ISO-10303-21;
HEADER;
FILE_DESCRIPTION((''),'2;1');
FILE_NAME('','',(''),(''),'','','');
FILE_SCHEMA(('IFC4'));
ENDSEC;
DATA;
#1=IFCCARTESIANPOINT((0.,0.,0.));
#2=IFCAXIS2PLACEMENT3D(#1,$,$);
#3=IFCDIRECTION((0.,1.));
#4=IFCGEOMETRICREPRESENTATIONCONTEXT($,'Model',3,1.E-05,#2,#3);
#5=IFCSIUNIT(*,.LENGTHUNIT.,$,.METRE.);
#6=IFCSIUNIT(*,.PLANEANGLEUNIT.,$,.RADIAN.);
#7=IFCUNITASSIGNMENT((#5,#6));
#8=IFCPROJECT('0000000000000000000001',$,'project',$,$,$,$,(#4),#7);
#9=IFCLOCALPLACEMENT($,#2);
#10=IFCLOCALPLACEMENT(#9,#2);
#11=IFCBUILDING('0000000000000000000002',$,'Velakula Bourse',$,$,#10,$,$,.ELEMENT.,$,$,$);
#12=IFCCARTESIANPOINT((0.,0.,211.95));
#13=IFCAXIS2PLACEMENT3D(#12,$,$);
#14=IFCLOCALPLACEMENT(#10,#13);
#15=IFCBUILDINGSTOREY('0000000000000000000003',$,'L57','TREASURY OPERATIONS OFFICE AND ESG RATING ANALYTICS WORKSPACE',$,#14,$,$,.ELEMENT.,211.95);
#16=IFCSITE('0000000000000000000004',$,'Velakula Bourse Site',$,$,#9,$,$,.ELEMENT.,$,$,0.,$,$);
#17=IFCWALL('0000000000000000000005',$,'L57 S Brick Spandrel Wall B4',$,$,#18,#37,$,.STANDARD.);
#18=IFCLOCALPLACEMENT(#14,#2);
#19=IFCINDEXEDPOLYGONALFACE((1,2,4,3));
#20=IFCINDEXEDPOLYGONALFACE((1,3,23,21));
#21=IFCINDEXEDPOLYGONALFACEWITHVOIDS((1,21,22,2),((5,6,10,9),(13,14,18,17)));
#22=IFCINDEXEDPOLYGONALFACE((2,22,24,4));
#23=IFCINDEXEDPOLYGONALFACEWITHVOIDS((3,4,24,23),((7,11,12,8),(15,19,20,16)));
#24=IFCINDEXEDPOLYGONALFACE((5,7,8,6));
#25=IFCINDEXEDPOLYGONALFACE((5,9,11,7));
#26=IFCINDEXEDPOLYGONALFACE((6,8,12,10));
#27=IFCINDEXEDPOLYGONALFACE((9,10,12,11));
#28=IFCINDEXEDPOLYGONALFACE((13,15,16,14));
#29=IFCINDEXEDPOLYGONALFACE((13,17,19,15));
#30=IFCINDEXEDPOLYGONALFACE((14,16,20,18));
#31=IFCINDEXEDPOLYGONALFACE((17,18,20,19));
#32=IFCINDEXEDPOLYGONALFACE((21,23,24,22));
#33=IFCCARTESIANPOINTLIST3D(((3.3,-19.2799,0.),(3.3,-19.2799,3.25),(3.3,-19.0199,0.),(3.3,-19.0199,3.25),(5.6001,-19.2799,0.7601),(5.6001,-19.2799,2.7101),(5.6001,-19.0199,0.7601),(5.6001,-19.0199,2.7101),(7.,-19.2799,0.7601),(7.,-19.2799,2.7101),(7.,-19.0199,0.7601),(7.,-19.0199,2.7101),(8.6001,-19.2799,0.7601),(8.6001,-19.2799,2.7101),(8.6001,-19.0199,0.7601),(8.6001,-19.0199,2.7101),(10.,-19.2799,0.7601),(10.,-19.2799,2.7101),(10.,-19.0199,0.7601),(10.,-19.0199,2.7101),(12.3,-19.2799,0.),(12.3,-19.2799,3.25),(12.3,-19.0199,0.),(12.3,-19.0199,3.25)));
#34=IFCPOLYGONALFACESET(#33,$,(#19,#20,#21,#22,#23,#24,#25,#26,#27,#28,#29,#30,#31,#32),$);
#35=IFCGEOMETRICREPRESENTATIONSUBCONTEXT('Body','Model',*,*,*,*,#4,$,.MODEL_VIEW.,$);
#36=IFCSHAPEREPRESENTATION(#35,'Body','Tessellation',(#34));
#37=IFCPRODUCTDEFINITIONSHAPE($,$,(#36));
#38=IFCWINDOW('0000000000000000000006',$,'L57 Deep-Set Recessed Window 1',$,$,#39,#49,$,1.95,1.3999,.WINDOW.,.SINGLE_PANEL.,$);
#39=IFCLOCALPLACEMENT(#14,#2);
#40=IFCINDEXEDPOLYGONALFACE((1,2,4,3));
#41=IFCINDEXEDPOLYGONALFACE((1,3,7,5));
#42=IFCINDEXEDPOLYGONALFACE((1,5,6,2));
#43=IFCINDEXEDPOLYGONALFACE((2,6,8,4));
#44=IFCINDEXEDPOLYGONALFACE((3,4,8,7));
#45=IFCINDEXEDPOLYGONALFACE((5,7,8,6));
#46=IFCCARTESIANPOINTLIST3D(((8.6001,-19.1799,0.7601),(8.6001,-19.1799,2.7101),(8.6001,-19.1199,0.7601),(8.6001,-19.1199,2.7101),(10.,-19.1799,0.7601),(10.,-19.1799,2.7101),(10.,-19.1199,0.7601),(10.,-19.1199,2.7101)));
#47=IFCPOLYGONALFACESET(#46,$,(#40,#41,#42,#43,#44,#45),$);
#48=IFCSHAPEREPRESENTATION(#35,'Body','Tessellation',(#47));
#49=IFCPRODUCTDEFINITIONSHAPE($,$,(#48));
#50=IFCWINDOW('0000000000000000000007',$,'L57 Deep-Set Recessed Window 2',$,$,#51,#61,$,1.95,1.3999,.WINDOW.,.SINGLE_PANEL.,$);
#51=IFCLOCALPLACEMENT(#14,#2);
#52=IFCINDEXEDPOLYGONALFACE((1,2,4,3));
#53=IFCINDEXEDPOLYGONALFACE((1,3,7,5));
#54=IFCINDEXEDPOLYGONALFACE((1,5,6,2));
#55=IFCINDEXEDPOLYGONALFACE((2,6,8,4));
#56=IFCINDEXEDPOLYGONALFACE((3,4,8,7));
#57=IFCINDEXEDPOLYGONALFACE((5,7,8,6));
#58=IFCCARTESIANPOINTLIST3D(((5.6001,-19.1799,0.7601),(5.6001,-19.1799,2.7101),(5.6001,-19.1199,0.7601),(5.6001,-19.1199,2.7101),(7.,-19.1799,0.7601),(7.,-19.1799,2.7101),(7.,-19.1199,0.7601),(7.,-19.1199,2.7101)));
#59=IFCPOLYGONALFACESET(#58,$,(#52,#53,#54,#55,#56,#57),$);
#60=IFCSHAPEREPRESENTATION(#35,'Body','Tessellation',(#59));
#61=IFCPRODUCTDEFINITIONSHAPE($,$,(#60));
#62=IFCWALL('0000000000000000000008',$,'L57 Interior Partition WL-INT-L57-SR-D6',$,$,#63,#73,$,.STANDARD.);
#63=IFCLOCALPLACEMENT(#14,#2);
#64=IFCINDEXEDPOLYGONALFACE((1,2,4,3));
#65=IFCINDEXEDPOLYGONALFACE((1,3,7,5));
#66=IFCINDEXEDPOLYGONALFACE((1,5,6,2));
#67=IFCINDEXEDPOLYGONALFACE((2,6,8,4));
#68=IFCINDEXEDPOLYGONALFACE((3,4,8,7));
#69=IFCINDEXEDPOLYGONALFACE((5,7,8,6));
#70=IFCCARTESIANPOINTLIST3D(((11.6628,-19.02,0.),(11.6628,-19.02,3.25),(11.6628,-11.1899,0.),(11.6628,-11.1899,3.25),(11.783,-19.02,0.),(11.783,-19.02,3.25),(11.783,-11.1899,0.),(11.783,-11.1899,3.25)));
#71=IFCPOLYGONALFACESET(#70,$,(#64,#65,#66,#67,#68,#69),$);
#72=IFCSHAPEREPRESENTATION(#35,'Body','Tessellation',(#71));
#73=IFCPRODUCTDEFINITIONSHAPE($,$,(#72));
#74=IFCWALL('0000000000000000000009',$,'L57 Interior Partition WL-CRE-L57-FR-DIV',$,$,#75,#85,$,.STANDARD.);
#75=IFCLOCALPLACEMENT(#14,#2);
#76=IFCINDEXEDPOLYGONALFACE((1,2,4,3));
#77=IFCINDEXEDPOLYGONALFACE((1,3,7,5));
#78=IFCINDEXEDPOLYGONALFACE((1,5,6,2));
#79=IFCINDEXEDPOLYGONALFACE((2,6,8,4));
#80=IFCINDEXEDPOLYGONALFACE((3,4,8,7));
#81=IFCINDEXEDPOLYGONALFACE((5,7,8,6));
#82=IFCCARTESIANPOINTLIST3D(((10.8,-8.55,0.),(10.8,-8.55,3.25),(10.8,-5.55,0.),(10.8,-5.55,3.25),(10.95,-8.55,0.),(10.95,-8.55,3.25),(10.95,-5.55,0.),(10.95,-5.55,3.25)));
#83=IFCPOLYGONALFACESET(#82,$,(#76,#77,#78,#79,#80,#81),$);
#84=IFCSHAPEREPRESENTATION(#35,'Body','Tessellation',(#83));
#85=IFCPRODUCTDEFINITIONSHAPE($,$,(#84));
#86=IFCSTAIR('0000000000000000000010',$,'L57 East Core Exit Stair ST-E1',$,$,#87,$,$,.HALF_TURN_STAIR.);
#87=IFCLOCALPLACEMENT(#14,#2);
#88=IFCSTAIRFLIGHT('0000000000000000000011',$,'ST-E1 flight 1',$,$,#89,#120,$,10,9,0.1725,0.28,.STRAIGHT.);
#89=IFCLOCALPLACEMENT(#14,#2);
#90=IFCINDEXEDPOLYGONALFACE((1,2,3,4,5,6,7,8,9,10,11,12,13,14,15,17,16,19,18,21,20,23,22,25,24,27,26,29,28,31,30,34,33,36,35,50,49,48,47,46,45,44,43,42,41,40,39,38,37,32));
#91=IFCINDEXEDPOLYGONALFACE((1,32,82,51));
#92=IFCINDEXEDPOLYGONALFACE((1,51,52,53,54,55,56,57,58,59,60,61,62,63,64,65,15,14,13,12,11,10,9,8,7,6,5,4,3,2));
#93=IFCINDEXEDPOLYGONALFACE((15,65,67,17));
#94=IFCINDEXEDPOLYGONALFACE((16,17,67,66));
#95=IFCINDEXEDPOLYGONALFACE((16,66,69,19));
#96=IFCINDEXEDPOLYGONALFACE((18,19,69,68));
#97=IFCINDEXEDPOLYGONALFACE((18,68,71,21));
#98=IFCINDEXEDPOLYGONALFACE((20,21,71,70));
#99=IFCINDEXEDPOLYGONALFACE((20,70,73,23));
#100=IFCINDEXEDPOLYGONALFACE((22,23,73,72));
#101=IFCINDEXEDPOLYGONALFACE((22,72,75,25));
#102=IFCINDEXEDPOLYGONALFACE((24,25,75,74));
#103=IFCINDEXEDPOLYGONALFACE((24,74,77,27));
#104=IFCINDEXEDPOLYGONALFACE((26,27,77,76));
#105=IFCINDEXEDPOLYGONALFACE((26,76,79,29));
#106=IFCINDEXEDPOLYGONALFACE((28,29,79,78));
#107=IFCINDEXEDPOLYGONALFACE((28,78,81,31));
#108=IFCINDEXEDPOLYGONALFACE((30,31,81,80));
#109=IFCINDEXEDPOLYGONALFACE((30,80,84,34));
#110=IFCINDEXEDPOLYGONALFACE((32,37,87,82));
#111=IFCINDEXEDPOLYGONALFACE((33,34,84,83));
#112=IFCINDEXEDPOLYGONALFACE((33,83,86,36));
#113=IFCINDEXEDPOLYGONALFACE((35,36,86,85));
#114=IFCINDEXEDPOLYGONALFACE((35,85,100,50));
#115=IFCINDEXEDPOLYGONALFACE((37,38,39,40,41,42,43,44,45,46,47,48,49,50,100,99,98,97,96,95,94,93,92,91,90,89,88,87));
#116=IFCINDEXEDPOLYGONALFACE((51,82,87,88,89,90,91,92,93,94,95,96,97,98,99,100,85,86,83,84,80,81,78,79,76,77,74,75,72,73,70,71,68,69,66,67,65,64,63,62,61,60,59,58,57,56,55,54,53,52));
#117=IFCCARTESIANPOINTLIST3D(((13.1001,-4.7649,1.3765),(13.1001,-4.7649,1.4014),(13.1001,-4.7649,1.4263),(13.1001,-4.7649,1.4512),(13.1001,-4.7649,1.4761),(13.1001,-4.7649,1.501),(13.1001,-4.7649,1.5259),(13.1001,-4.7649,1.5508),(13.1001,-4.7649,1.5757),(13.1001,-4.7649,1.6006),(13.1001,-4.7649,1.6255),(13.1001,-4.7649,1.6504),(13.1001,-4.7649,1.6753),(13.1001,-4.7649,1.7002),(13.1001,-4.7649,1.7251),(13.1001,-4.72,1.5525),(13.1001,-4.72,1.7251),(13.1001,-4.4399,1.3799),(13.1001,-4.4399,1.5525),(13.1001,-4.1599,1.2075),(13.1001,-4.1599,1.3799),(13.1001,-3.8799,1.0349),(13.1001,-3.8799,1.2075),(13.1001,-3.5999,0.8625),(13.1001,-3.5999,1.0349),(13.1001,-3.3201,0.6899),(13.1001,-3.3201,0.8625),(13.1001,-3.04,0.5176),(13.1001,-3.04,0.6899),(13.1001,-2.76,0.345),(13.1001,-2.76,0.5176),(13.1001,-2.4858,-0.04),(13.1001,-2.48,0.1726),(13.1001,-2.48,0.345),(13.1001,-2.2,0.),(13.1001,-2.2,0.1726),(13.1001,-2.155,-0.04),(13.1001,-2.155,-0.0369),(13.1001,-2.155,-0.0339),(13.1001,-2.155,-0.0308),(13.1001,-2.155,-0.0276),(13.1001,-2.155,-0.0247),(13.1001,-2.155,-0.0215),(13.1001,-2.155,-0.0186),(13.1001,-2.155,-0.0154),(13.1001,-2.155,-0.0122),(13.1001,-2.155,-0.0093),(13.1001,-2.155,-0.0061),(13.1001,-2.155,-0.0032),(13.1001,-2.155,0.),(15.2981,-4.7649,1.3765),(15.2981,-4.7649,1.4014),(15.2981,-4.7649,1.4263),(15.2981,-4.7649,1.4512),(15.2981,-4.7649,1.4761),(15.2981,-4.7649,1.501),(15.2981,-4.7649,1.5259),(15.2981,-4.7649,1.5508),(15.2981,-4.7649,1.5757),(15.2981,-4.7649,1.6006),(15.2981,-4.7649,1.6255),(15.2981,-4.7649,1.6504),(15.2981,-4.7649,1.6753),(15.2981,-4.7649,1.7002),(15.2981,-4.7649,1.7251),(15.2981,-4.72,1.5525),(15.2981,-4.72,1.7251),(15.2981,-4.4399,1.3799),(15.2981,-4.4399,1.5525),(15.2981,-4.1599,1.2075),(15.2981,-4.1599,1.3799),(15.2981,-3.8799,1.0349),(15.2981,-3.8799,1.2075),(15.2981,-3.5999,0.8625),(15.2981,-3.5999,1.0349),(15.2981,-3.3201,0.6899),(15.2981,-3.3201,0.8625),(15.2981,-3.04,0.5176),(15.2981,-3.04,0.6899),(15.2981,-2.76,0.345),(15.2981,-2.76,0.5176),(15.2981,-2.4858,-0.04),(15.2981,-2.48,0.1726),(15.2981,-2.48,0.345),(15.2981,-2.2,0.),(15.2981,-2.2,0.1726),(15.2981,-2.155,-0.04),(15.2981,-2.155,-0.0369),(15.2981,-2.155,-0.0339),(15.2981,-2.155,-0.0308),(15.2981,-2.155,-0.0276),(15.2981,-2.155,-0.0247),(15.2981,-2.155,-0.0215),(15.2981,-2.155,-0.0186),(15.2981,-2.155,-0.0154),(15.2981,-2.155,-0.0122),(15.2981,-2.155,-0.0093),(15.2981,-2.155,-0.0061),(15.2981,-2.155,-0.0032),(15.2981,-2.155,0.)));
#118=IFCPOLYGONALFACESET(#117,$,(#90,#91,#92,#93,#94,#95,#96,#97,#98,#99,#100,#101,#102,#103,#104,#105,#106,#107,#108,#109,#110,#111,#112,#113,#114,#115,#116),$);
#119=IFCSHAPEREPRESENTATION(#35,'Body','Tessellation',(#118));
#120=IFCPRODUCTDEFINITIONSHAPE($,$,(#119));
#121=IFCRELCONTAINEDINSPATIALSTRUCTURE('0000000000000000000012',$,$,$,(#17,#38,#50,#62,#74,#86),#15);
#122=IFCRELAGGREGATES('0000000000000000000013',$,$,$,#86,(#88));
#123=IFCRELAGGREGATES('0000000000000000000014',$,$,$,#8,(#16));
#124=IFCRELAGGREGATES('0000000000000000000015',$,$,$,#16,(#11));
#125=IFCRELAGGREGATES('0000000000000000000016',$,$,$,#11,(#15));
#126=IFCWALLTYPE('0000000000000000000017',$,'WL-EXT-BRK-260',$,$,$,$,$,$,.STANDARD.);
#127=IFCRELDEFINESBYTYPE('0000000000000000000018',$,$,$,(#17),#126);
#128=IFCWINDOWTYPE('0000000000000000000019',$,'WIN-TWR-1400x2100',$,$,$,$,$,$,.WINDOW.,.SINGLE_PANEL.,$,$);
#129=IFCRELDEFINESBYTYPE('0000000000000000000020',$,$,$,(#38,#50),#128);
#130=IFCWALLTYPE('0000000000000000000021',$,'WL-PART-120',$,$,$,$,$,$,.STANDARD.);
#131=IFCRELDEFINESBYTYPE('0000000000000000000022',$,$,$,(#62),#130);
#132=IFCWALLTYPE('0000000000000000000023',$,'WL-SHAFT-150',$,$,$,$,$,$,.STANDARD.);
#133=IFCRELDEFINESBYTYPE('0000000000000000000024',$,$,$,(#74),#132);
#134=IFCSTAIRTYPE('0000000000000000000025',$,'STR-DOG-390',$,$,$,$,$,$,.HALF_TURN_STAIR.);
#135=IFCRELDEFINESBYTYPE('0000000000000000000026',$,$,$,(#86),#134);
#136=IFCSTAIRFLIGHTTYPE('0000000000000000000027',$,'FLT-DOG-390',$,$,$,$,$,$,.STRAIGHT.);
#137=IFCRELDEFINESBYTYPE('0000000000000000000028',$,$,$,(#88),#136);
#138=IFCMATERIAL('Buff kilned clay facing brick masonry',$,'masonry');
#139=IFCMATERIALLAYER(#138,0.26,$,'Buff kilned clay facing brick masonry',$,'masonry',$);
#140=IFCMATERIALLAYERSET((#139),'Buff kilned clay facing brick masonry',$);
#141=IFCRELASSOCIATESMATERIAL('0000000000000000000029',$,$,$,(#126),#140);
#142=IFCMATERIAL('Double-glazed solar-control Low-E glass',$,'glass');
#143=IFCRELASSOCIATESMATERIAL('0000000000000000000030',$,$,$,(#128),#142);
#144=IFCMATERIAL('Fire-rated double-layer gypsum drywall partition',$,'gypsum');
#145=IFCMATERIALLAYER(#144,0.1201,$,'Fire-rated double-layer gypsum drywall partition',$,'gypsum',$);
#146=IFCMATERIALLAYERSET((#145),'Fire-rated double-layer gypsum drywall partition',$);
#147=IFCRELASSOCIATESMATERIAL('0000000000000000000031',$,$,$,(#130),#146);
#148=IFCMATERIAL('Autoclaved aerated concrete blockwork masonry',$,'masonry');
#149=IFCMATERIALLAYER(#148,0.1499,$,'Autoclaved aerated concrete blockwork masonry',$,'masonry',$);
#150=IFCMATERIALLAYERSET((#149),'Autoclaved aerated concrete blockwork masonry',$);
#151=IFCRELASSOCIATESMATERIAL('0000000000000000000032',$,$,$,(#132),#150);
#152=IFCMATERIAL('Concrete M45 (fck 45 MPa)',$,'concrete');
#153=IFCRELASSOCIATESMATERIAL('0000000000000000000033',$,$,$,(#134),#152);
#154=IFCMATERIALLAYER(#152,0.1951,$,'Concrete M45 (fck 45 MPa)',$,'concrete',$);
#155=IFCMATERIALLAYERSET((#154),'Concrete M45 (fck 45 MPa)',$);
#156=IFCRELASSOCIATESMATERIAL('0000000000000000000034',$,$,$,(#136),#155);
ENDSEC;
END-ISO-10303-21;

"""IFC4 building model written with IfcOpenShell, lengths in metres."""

from ifc_helpers import new_model, si_unit, direction, frame, frame_2d, origin, place, context, subcontext, project, spatial, polyline, rectangle, outline, extrude, material, layer, layer_set, type_object, element, fill, aggregate, save


model = new_model("IFC4")

# Units and contexts
model_context = context("Model", 3, precision=1e-05, world=origin(), true_north=direction((0.0, 1.0)))
body_context = subcontext(model_context, "Body", "Model", "MODEL_VIEW")
ifc_project = project(units=[si_unit("LENGTHUNIT", "METRE"), si_unit("PLANEANGLEUNIT", "RADIAN")], contexts=[model_context])

# Site, building, storey
site_placement = place(None, origin())
site = spatial("IfcSite", under=ifc_project, at=site_placement, Name="Velakula Bourse Site", CompositionType="ELEMENT", RefElevation=0.0)
building_placement = place(site_placement, origin())
building = spatial("IfcBuilding", under=site, at=building_placement, Name="Velakula Bourse", CompositionType="ELEMENT")
storey_placement = place(building_placement, frame((0.0, 0.0, 211.95)))
storey = spatial("IfcBuildingStorey", under=building, at=storey_placement, Name="L57", Description="TREASURY OPERATIONS OFFICE AND ESG RATING ANALYTICS WORKSPACE", CompositionType="ELEMENT", Elevation=211.95)

# Wall, openings, windows
ifc_material_1 = material(Name="Buff kilned clay facing brick masonry", Category="masonry")
ifc_layer_1 = layer(ifc_material_1, 0.26, Name="Buff kilned clay facing brick masonry", Category="masonry")
ifc_layer_set_1 = layer_set([ifc_layer_1], Name="Buff kilned clay facing brick masonry")
wall_type_1 = type_object("IfcWallType", Name="WL-EXT-BRK-260", PredefinedType="STANDARD", material=ifc_layer_set_1)
wall_1_placement = place(storey_placement, frame((12.3, -19.1499, 0.0), z_axis=(0.0, 0.0, 1.0), x_axis=(-1.0, 0.0, 0.0)))
wall_1 = element("IfcWall", 1, at=wall_1_placement, inside=storey, type_object=wall_type_1, Name="L57 S Brick Spandrel Wall B4", PredefinedType="STANDARD", context=body_context, shape_type="SweptSolid", body=[
    extrude(rectangle(XDim=9.0, YDim=0.26, at=frame_2d((4.5, 0.0))), origin(), (0.0, 0.0, 1.0), 3.25),
])
opening_1_placement = place(wall_1_placement, frame((2.3, 0.0, 0.76)))
opening_1 = element("IfcOpeningElement", 2, at=opening_1_placement, cuts=wall_1, PredefinedType="OPENING", context=body_context, shape_type="SweptSolid", body=[
    extrude(rectangle(XDim=1.3999, YDim=1.95, at=frame_2d((0.7, 0.9751))), frame((0.0, 0.1399, 0.0), z_axis=(0.0, -1.0, 0.0), x_axis=(1.0, 0.0, 0.0)), (0.0, 0.0, 1.0), 0.28),
])
opening_2_placement = place(wall_1_placement, frame((5.3, 0.0, 0.76)))
opening_2 = element("IfcOpeningElement", 3, at=opening_2_placement, cuts=wall_1, PredefinedType="OPENING", context=body_context, shape_type="SweptSolid", body=[
    extrude(rectangle(XDim=1.3999, YDim=1.95, at=frame_2d((0.7, 0.9751))), frame((0.0, 0.1399, 0.0), z_axis=(0.0, -1.0, 0.0), x_axis=(1.0, 0.0, 0.0)), (0.0, 0.0, 1.0), 0.28),
])
ifc_material_2 = material(Name="Double-glazed solar-control Low-E glass", Category="glass")
window_type = type_object("IfcWindowType", Name="WIN-TWR-1400x2100", PartitioningType="SINGLE_PANEL", PredefinedType="WINDOW", material=ifc_material_2)
window_1_placement = place(opening_1_placement, origin())
window_1 = element("IfcWindow", 4, at=window_1_placement, inside=storey, type_object=window_type, Name="L57 Deep-Set Recessed Window 1", OverallHeight=1.95, OverallWidth=1.3999, PartitioningType="SINGLE_PANEL", PredefinedType="WINDOW", context=body_context, shape_type="SweptSolid", body=[
    extrude(rectangle(XDim=1.3999, YDim=1.95, at=frame_2d((0.7, 0.9751))), frame((0.0, 0.03, 0.0), z_axis=(0.0, -1.0, 0.0), x_axis=(1.0, 0.0, 0.0)), (0.0, 0.0, 1.0), 0.0601),
])
fill(opening_1, window_1)
window_2_placement = place(opening_2_placement, origin())
window_2 = element("IfcWindow", 5, at=window_2_placement, inside=storey, type_object=window_type, Name="L57 Deep-Set Recessed Window 2", OverallHeight=1.95, OverallWidth=1.3999, PartitioningType="SINGLE_PANEL", PredefinedType="WINDOW", context=body_context, shape_type="SweptSolid", body=[
    extrude(rectangle(XDim=1.3999, YDim=1.95, at=frame_2d((0.7, 0.9751))), frame((0.0, 0.03, 0.0), z_axis=(0.0, -1.0, 0.0), x_axis=(1.0, 0.0, 0.0)), (0.0, 0.0, 1.0), 0.0601),
])
fill(opening_2, window_2)

# Wall
ifc_material_3 = material(Name="Fire-rated double-layer gypsum drywall partition", Category="gypsum")
ifc_layer_2 = layer(ifc_material_3, 0.1201, Name="Fire-rated double-layer gypsum drywall partition", Category="gypsum")
ifc_layer_set_2 = layer_set([ifc_layer_2], Name="Fire-rated double-layer gypsum drywall partition")
wall_type_2 = type_object("IfcWallType", Name="WL-PART-120", PredefinedType="STANDARD", material=ifc_layer_set_2)
wall_2_placement = place(storey_placement, frame((11.7229, -19.02, 0.0), z_axis=(0.0, 0.0, 1.0), x_axis=(0.0, 1.0, 0.0)))
element("IfcWall", 6, at=wall_2_placement, inside=storey, type_object=wall_type_2, Name="L57 Interior Partition WL-INT-L57-SR-D6", PredefinedType="STANDARD", context=body_context, shape_type="SweptSolid", body=[
    extrude(rectangle(XDim=7.8301, YDim=0.1201, at=frame_2d((3.915, 0.0))), origin(), (0.0, 0.0, 1.0), 3.25),
])

# Shared definitions
ifc_material_4 = material(Name="Autoclaved aerated concrete blockwork masonry", Category="masonry")
ifc_layer_3 = layer(ifc_material_4, 0.1499, Name="Autoclaved aerated concrete blockwork masonry", Category="masonry")
ifc_layer_set_3 = layer_set([ifc_layer_3], Name="Autoclaved aerated concrete blockwork masonry")
wall_type_3 = type_object("IfcWallType", Name="WL-SHAFT-150", PredefinedType="STANDARD", material=ifc_layer_set_3)

# Wall
wall_3_placement = place(storey_placement, frame((10.875, -8.55, 0.0), z_axis=(0.0, 0.0, 1.0), x_axis=(0.0, 1.0, 0.0)))
element("IfcWall", 7, at=wall_3_placement, inside=storey, type_object=wall_type_3, Name="L57 Interior Partition WL-CRE-L57-FR-DIV", PredefinedType="STANDARD", context=body_context, shape_type="SweptSolid", body=[
    extrude(rectangle(XDim=3.0, YDim=0.1499, at=frame_2d((1.5, 0.0))), origin(), (0.0, 0.0, 1.0), 3.25),
])

# Stair, stair flight
ifc_material_5 = material(Name="Concrete M45 (fck 45 MPa)", Category="concrete")
stair_type = type_object("IfcStairType", Name="STR-DOG-390", PredefinedType="HALF_TURN_STAIR", material=ifc_material_5)
stair_placement = place(storey_placement, origin())
stair = element("IfcStair", 8, at=stair_placement, inside=storey, type_object=stair_type, Name="L57 East Core Exit Stair ST-E1", PredefinedType="HALF_TURN_STAIR")
ifc_layer_4 = layer(ifc_material_5, 0.1951, Name="Concrete M45 (fck 45 MPa)", Category="concrete")
ifc_layer_set_4 = layer_set([ifc_layer_4], Name="Concrete M45 (fck 45 MPa)")
stair_flight_type = type_object("IfcStairFlightType", Name="FLT-DOG-390", PredefinedType="STRAIGHT", material=ifc_layer_set_4)
stair_flight_1_placement = place(storey_placement, frame((14.199, -2.2, 0.0), z_axis=(0.0, 0.0, 1.0), x_axis=(0.0, -1.0, 0.0)))
stair_flight_1 = element("IfcStairFlight", 9, at=stair_flight_1_placement, type_object=stair_flight_type, Name="ST-E1 flight 1", NumberOfRisers=10, NumberOfTreads=9, PredefinedType="STRAIGHT", RiserHeight=0.1725, TreadLength=0.28, context=body_context, shape_type="SweptSolid", body=[
    extrude(outline(polyline([(-0.0449, -0.04), (-0.0449, -0.0369), (-0.0449, -0.0339), (-0.0449, -0.0308), (-0.0449, -0.0276), (-0.0449, -0.0247), (-0.0449, -0.0215), (-0.0449, -0.0186), (-0.0449, -0.0154), (-0.0449, -0.0122), (-0.0449, -0.0093), (-0.0449, -0.0061), (-0.0449, -0.0032), (-0.0449, 0.0), (0.0, 0.0), (0.0, 0.1726), (0.28, 0.1726), (0.28, 0.345), (0.5601, 0.345), (0.5601, 0.5176), (0.8401, 0.5176), (0.8401, 0.6899), (1.1201, 0.6899), (1.1201, 0.8625), (1.3999, 0.8625), (1.3999, 1.0349), (1.6799, 1.0349), (1.6799, 1.2075), (1.96, 1.2075), (1.96, 1.3799), (2.24, 1.3799), (2.24, 1.5525), (2.52, 1.5525), (2.52, 1.7251), (2.5649, 1.7251), (2.5649, 1.7002), (2.5649, 1.6753), (2.5649, 1.6504), (2.5649, 1.6255), (2.5649, 1.6006), (2.5649, 1.5757), (2.5649, 1.5508), (2.5649, 1.5259), (2.5649, 1.501), (2.5649, 1.4761), (2.5649, 1.4512), (2.5649, 1.4263), (2.5649, 1.4014), (2.5649, 1.3765), (0.2859, -0.04), (-0.0449, -0.04)])), frame((0.0, 1.0991, 0.0), z_axis=(0.0, -1.0, 0.0), x_axis=(1.0, 0.0, 0.0)), (0.0, 0.0, 1.0), 2.198),
])
aggregate(stair, [stair_flight_1])

save(model, "model.ifc")
